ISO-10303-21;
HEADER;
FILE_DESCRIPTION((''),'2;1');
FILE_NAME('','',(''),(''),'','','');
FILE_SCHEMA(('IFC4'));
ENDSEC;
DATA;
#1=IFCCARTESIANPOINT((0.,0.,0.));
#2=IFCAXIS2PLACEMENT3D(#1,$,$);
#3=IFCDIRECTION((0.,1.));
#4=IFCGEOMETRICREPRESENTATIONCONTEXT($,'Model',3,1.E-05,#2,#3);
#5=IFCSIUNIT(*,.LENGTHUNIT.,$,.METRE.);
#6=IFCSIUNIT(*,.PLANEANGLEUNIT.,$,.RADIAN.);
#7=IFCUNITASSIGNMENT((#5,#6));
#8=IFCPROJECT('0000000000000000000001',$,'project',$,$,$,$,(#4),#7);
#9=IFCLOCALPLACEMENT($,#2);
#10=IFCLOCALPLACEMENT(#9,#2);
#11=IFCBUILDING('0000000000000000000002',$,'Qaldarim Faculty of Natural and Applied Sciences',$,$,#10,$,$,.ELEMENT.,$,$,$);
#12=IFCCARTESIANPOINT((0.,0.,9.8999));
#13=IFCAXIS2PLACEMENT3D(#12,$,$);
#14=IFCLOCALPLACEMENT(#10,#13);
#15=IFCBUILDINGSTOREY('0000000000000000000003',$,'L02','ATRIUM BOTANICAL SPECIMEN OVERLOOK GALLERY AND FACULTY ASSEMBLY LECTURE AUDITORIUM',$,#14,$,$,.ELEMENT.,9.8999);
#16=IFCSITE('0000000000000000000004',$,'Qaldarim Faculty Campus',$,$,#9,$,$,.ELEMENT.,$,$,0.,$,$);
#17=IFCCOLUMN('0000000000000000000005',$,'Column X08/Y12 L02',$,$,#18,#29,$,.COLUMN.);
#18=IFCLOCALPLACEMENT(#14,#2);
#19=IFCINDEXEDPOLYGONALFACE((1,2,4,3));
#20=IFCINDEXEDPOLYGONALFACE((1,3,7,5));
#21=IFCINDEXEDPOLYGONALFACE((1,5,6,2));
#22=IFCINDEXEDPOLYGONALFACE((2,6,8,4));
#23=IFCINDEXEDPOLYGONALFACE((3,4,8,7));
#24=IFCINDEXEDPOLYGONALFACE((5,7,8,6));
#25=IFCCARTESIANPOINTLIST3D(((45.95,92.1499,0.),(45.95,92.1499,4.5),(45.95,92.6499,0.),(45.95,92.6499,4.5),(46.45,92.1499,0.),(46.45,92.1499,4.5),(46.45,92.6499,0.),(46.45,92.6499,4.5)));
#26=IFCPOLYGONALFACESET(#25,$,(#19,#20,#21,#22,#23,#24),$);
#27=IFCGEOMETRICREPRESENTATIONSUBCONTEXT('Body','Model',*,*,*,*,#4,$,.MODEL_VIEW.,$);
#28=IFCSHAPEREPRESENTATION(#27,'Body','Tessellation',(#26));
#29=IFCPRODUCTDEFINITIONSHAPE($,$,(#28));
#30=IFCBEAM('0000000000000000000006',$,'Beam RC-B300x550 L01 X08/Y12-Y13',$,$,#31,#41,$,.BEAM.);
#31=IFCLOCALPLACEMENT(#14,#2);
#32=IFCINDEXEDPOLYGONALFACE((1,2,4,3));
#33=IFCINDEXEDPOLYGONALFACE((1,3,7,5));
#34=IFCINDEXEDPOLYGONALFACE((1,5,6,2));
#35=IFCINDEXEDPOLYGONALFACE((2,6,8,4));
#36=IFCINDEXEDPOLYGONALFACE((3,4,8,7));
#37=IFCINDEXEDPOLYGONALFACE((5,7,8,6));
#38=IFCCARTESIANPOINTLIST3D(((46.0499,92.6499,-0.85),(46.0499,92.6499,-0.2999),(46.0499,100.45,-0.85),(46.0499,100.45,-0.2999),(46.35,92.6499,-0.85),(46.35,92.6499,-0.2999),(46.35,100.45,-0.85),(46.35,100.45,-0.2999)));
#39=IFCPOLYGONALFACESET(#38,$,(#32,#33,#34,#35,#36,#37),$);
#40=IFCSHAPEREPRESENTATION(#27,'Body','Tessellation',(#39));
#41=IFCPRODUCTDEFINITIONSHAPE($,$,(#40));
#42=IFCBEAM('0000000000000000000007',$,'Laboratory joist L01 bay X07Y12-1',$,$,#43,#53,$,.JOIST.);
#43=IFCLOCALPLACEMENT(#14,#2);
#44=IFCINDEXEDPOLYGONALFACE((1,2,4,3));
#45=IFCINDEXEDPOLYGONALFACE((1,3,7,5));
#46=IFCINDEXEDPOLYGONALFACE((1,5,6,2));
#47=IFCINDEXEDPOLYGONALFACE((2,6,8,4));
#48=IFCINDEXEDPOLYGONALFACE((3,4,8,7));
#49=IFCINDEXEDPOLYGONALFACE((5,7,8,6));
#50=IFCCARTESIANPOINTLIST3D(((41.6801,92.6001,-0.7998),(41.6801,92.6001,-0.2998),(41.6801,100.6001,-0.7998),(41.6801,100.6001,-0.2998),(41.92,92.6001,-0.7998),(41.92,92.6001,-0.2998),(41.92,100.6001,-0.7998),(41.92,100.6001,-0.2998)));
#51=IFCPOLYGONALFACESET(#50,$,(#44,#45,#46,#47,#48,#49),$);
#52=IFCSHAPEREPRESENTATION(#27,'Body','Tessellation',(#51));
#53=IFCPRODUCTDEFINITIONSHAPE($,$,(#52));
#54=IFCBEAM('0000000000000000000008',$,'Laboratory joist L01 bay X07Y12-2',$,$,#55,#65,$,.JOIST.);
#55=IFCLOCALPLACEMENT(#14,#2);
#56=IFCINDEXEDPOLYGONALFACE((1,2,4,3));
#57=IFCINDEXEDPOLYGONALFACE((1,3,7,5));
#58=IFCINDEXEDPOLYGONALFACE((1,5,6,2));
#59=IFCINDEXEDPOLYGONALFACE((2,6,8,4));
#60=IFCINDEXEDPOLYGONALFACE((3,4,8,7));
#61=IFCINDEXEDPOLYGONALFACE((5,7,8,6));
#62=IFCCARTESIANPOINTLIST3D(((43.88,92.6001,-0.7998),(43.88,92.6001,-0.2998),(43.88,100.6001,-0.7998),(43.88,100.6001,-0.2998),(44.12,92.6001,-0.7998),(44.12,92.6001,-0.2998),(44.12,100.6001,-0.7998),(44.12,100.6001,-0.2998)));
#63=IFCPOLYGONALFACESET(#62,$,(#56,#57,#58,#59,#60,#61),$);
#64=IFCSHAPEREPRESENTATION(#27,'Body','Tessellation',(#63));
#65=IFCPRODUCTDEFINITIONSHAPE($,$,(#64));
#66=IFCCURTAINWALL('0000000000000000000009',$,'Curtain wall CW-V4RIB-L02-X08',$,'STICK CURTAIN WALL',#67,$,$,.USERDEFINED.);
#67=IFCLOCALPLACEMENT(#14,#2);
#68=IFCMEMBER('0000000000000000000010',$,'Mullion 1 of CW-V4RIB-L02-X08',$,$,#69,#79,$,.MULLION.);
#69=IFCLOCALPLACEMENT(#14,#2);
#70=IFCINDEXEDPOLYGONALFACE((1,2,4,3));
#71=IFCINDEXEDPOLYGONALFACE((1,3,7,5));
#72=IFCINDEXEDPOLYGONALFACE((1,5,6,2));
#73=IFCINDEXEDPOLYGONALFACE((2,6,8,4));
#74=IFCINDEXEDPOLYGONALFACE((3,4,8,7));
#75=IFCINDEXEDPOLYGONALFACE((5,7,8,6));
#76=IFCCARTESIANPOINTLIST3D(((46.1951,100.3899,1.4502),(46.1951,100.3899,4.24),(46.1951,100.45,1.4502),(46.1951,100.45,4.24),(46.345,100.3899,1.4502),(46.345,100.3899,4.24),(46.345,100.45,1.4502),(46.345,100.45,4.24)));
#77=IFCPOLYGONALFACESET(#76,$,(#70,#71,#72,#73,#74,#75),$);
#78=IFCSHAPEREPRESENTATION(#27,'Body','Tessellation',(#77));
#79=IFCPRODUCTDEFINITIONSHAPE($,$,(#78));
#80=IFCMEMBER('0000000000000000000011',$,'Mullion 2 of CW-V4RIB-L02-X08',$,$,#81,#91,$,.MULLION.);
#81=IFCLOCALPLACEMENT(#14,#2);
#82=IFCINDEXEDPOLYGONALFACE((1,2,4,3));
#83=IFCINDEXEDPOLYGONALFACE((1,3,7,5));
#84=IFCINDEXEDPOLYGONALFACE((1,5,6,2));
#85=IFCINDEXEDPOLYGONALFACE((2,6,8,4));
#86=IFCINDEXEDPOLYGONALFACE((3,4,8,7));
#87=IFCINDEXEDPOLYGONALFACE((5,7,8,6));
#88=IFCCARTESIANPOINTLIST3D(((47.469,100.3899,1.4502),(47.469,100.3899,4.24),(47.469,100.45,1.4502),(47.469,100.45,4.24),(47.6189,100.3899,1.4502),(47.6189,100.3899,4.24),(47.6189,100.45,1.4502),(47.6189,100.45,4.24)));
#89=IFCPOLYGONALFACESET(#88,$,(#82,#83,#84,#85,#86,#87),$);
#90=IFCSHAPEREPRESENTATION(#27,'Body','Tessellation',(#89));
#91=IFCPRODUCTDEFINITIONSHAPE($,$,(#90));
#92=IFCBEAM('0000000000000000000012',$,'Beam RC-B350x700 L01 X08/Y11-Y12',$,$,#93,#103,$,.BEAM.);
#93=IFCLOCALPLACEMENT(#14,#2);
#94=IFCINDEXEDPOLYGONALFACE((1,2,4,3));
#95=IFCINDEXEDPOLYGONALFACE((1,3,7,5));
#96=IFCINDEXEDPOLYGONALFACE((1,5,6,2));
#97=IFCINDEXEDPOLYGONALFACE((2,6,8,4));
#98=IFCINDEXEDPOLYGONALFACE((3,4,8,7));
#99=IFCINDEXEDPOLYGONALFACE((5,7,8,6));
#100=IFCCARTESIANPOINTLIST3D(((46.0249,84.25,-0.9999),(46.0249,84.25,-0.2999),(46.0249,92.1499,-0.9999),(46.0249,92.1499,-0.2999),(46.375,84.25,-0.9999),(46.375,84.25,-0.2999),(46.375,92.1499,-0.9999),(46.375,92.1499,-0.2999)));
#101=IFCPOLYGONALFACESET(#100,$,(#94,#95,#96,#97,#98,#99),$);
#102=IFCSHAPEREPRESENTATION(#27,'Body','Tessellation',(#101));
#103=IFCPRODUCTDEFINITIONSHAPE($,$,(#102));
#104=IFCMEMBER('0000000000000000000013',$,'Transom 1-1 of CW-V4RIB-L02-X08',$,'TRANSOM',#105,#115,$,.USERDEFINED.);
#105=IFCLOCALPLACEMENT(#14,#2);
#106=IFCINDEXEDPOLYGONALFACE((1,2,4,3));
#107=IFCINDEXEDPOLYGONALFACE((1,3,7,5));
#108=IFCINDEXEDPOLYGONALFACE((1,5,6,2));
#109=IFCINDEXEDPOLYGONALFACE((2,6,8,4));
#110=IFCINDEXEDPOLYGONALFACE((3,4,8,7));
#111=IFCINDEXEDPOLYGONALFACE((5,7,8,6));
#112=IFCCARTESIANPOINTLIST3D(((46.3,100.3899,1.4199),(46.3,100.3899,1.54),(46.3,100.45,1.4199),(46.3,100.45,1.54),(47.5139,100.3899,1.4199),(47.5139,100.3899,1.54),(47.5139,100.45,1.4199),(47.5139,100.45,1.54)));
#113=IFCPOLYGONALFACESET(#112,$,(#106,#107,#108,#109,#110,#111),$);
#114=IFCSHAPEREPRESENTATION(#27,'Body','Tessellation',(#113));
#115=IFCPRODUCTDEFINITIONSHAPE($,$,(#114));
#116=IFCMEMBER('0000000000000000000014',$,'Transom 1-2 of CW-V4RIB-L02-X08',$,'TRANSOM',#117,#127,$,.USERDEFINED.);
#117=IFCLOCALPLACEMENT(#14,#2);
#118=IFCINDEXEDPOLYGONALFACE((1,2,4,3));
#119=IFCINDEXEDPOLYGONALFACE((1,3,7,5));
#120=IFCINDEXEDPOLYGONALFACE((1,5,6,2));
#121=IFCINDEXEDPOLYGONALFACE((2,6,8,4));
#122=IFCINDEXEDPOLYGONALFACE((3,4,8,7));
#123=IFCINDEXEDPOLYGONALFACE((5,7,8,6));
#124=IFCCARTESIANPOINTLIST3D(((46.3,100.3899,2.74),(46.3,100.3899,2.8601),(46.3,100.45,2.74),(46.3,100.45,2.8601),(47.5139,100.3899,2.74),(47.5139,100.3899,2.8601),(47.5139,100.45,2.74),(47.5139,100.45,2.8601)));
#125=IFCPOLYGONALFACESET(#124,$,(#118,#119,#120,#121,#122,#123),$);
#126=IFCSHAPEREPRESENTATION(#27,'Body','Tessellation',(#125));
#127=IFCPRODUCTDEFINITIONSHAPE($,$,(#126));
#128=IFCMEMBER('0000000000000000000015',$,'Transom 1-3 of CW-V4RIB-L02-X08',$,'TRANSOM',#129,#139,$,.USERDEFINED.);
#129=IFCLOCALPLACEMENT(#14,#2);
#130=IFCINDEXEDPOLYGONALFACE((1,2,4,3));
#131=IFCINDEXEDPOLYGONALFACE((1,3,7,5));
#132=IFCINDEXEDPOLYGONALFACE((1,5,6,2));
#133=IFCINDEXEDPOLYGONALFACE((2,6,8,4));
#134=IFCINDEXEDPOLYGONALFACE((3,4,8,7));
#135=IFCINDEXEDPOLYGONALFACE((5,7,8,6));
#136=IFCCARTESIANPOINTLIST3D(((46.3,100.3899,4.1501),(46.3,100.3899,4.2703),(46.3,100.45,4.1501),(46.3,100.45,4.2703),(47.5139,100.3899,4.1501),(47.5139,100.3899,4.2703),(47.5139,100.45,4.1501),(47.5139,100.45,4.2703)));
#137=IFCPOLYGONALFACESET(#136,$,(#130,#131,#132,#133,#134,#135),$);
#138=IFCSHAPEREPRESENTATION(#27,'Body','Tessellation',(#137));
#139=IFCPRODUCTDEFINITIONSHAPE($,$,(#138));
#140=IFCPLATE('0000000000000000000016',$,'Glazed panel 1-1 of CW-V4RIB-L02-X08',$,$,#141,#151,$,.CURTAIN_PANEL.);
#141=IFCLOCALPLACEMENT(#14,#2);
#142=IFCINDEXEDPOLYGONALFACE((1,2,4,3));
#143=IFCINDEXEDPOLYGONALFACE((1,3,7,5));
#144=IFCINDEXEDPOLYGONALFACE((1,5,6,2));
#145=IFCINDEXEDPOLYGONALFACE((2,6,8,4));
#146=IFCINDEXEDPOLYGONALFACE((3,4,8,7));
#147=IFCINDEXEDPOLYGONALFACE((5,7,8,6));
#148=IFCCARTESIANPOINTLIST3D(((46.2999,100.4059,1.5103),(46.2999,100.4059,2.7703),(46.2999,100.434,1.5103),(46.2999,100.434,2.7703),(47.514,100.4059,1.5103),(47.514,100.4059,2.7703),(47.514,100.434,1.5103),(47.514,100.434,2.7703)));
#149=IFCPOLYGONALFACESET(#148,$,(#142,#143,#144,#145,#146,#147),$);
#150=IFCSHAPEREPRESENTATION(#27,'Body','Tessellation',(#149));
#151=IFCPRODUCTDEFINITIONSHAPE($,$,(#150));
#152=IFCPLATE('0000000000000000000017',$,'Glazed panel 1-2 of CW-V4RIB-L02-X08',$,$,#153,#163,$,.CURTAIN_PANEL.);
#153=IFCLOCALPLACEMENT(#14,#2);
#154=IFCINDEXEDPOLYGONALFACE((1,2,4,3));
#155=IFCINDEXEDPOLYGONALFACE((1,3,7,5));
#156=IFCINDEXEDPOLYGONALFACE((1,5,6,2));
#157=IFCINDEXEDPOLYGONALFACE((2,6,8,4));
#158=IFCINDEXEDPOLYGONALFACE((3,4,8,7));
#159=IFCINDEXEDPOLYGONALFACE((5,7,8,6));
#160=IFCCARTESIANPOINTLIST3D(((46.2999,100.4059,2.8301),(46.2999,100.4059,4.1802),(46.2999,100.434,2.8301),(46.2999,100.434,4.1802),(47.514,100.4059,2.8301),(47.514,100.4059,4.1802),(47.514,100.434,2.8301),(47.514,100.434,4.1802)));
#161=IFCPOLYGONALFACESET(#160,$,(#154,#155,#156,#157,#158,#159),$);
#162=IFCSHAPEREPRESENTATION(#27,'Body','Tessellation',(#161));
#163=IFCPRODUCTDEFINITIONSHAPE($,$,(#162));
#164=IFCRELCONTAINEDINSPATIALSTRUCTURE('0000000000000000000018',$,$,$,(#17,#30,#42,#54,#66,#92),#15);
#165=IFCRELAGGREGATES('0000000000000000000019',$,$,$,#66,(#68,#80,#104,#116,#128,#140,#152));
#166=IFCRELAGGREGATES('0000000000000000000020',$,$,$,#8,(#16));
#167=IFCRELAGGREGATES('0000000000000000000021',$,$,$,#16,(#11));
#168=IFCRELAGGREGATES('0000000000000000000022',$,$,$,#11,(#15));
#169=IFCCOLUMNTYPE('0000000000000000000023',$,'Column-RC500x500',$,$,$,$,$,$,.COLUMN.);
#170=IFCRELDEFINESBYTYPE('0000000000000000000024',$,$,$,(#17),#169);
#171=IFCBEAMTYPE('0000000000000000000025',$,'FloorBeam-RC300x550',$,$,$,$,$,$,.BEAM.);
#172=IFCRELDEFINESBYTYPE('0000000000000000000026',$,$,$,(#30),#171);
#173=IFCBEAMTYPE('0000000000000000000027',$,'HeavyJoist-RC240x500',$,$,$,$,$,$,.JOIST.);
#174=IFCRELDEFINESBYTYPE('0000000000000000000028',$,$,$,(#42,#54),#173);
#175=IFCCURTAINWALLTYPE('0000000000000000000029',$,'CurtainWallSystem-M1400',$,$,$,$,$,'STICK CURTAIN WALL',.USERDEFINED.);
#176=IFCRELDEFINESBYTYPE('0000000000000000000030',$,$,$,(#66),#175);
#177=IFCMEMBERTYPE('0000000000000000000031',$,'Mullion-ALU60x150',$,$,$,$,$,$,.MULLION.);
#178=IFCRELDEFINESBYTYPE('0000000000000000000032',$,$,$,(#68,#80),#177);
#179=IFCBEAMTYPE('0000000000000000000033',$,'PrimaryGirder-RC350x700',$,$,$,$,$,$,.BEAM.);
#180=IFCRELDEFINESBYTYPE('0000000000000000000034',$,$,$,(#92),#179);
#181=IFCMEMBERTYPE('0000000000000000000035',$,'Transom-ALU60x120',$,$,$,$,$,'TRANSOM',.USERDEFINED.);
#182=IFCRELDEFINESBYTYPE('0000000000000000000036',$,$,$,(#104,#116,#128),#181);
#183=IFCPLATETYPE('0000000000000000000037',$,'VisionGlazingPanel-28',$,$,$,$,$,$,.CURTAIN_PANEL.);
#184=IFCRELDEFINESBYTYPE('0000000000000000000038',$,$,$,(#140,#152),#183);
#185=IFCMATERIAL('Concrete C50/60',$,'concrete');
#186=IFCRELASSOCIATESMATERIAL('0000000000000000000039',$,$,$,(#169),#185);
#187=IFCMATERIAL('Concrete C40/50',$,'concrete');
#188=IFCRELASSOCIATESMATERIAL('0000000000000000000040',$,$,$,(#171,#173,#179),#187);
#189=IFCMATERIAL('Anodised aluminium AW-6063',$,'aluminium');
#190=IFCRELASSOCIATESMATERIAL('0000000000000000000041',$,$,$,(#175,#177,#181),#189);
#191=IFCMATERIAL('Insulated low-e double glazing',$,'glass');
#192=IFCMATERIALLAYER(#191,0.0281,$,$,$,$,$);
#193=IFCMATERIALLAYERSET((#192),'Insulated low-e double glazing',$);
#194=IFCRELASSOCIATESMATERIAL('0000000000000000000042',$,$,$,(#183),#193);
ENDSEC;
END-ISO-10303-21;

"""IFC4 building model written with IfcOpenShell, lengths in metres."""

from ifc_helpers import new_model, si_unit, direction, frame, origin, origin_2d, place, context, subcontext, project, spatial, rectangle, extrude, material, layer, layer_set, material_profile, profile_set, type_object, element, aggregate, save


model = new_model("IFC4")

# Units and contexts
model_context = context("Model", 3, precision=1e-05, world=origin(), true_north=direction((0.0, 1.0)))
body_context = subcontext(model_context, "Body", "Model", "MODEL_VIEW")
ifc_project = project(units=[si_unit("LENGTHUNIT", "METRE"), si_unit("PLANEANGLEUNIT", "RADIAN")], contexts=[model_context])

# Site, building, storey
site_placement = place(None, origin())
site = spatial("IfcSite", under=ifc_project, at=site_placement, Name="Qaldarim Faculty Campus", CompositionType="ELEMENT", RefElevation=0.0)
building_placement = place(site_placement, origin())
building = spatial("IfcBuilding", under=site, at=building_placement, Name="Qaldarim Faculty of Natural and Applied Sciences", CompositionType="ELEMENT")
storey_placement = place(building_placement, frame((0.0, 0.0, 9.8999)))
storey = spatial("IfcBuildingStorey", under=building, at=storey_placement, Name="L02", Description="ATRIUM BOTANICAL SPECIMEN OVERLOOK GALLERY AND FACULTY ASSEMBLY LECTURE AUDITORIUM", CompositionType="ELEMENT", Elevation=9.8999)

# Column
ifc_material_1 = material(Name="Concrete C50/60", Category="concrete")
ifc_material_profile_1 = material_profile(ifc_material_1, rectangle(XDim=0.5, YDim=0.5, at=origin_2d()), Name="RC-C500x500")
ifc_profile_set_1 = profile_set([ifc_material_profile_1], Name="Concrete C50/60")
column_type = type_object("IfcColumnType", Name="Column-RC500x500", PredefinedType="COLUMN", material=ifc_profile_set_1)
column_placement = place(storey_placement, frame((46.2, 92.3999, 0.0), z_axis=(0.0, 0.0, 1.0), x_axis=(1.0, 0.0, 0.0)))
element("IfcColumn", 1, at=column_placement, inside=storey, type_object=column_type, Name="Column X08/Y12 L02", PredefinedType="COLUMN", context=body_context, shape_type="SweptSolid", body=[
    extrude(rectangle(XDim=0.5, YDim=0.5, at=origin_2d()), origin(), (0.0, 0.0, 1.0), 4.5),
])

# Beams
ifc_material_2 = material(Name="Concrete C40/50", Category="concrete")
ifc_material_profile_2 = material_profile(ifc_material_2, rectangle(XDim=0.3, YDim=0.55, at=origin_2d()), Name="RC-B300x550")
ifc_profile_set_2 = profile_set([ifc_material_profile_2], Name="Concrete C40/50")
beam_type_1 = type_object("IfcBeamType", Name="FloorBeam-RC300x550", PredefinedType="BEAM", material=ifc_profile_set_2)
beam_1_placement = place(storey_placement, frame((46.2, 92.6499, -0.575), z_axis=(0.0, 1.0, 0.0), x_axis=(-1.0, 0.0, 0.0)))
element("IfcBeam", 2, at=beam_1_placement, inside=storey, type_object=beam_type_1, Name="Beam RC-B300x550 L01 X08/Y12-Y13", PredefinedType="BEAM", context=body_context, shape_type="SweptSolid", body=[
    extrude(rectangle(XDim=0.3, YDim=0.55, at=origin_2d()), origin(), (0.0, 0.0, 1.0), 7.8),
])
ifc_material_profile_3 = material_profile(ifc_material_2, rectangle(XDim=0.24, YDim=0.5, at=origin_2d()), Name="RC-J240x500")
ifc_profile_set_3 = profile_set([ifc_material_profile_3], Name="Concrete C40/50")
beam_type_2 = type_object("IfcBeamType", Name="HeavyJoist-RC240x500", PredefinedType="JOIST", material=ifc_profile_set_3)
for number, where, z_axis, x_axis, name in (
    (3, (41.8, 92.6001, -0.5498), (0.0, 1.0, 0.0), (-1.0, 0.0, 0.0), "Laboratory joist L01 bay X07Y12-1"),
    (4, (44.0, 92.6001, -0.5498), (0.0, 1.0, 0.0), (-1.0, 0.0, 0.0), "Laboratory joist L01 bay X07Y12-2"),
):
    element("IfcBeam", number, at=place(storey_placement, frame(where, z_axis=z_axis, x_axis=x_axis)), inside=storey, type_object=beam_type_2, Name=name, PredefinedType="JOIST", context=body_context, shape_type="SweptSolid", body=[
        extrude(rectangle(XDim=0.24, YDim=0.5, at=origin_2d()), origin(), (0.0, 0.0, 1.0), 8.0),
    ])

# Curtain wall, members
ifc_material_3 = material(Name="Anodised aluminium AW-6063", Category="aluminium")
curtain_wall_type = type_object("IfcCurtainWallType", Name="CurtainWallSystem-M1400", ElementType="STICK CURTAIN WALL", PredefinedType="USERDEFINED", material=ifc_material_3)
curtain_wall_placement = place(storey_placement, origin())
curtain_wall = element("IfcCurtainWall", 5, at=curtain_wall_placement, inside=storey, type_object=curtain_wall_type, Name="Curtain wall CW-V4RIB-L02-X08", ObjectType="STICK CURTAIN WALL", PredefinedType="USERDEFINED")
ifc_material_profile_4 = material_profile(ifc_material_3, rectangle(XDim=0.0601, YDim=0.1499, at=origin_2d()), Name="ALU-M60x150")
ifc_profile_set_4 = profile_set([ifc_material_profile_4], Name="Anodised aluminium AW-6063")
member_type_1 = type_object("IfcMemberType", Name="Mullion-ALU60x150", PredefinedType="MULLION", material=ifc_profile_set_4)
member_1_placement = place(storey_placement, frame((46.27, 100.4199, 1.4502), z_axis=(0.0, 0.0, 1.0), x_axis=(0.0, 1.0, 0.0)))
member_1 = element("IfcMember", 6, at=member_1_placement, type_object=member_type_1, Name="Mullion 1 of CW-V4RIB-L02-X08", PredefinedType="MULLION", context=body_context, shape_type="SweptSolid", body=[
    extrude(rectangle(XDim=0.0601, YDim=0.1499, at=origin_2d()), origin(), (0.0, 0.0, 1.0), 2.7898),
])
member_2_placement = place(storey_placement, frame((47.5439, 100.4199, 1.4502), z_axis=(0.0, 0.0, 1.0), x_axis=(0.0, 1.0, 0.0)))
member_2 = element("IfcMember", 7, at=member_2_placement, type_object=member_type_1, Name="Mullion 2 of CW-V4RIB-L02-X08", PredefinedType="MULLION", context=body_context, shape_type="SweptSolid", body=[
    extrude(rectangle(XDim=0.0601, YDim=0.1499, at=origin_2d()), origin(), (0.0, 0.0, 1.0), 2.7898),
])

# Beam
ifc_material_profile_5 = material_profile(ifc_material_2, rectangle(XDim=0.3501, YDim=0.7, at=origin_2d()), Name="RC-B350x700")
ifc_profile_set_5 = profile_set([ifc_material_profile_5], Name="Concrete C40/50")
beam_type_3 = type_object("IfcBeamType", Name="PrimaryGirder-RC350x700", PredefinedType="BEAM", material=ifc_profile_set_5)
beam_2_placement = place(storey_placement, frame((46.2, 84.25, -0.6499), z_axis=(0.0, 1.0, 0.0), x_axis=(-1.0, 0.0, 0.0)))
element("IfcBeam", 8, at=beam_2_placement, inside=storey, type_object=beam_type_3, Name="Beam RC-B350x700 L01 X08/Y11-Y12", PredefinedType="BEAM", context=body_context, shape_type="SweptSolid", body=[
    extrude(rectangle(XDim=0.3501, YDim=0.7, at=origin_2d()), origin(), (0.0, 0.0, 1.0), 7.8999),
])

# Members
ifc_material_profile_6 = material_profile(ifc_material_3, rectangle(XDim=0.0601, YDim=0.1201, at=origin_2d()), Name="ALU-T60x120")
ifc_profile_set_6 = profile_set([ifc_material_profile_6], Name="Anodised aluminium AW-6063")
member_type_2 = type_object("IfcMemberType", Name="Transom-ALU60x120", ElementType="TRANSOM", PredefinedType="USERDEFINED", material=ifc_profile_set_6)
member_3_placement = place(storey_placement, frame((46.3, 100.4199, 1.48), z_axis=(1.0, 0.0, 0.0), x_axis=(0.0, 1.0, 0.0)))
member_3 = element("IfcMember", 9, at=member_3_placement, type_object=member_type_2, Name="Transom 1-1 of CW-V4RIB-L02-X08", ObjectType="TRANSOM", PredefinedType="USERDEFINED", context=body_context, shape_type="SweptSolid", body=[
    extrude(rectangle(XDim=0.0601, YDim=0.1201, at=origin_2d()), origin(), (0.0, 0.0, 1.0), 1.2139),
])
member_4_placement = place(storey_placement, frame((46.3, 100.4199, 2.8), z_axis=(1.0, 0.0, 0.0), x_axis=(0.0, 1.0, 0.0)))
member_4 = element("IfcMember", 10, at=member_4_placement, type_object=member_type_2, Name="Transom 1-2 of CW-V4RIB-L02-X08", ObjectType="TRANSOM", PredefinedType="USERDEFINED", context=body_context, shape_type="SweptSolid", body=[
    extrude(rectangle(XDim=0.0601, YDim=0.1201, at=origin_2d()), origin(), (0.0, 0.0, 1.0), 1.2139),
])
member_5_placement = place(storey_placement, frame((46.3, 100.4199, 4.2102), z_axis=(1.0, 0.0, 0.0), x_axis=(0.0, 1.0, 0.0)))
member_5 = element("IfcMember", 11, at=member_5_placement, type_object=member_type_2, Name="Transom 1-3 of CW-V4RIB-L02-X08", ObjectType="TRANSOM", PredefinedType="USERDEFINED", context=body_context, shape_type="SweptSolid", body=[
    extrude(rectangle(XDim=0.0601, YDim=0.1201, at=origin_2d()), origin(), (0.0, 0.0, 1.0), 1.2139),
])

# Plates
ifc_material_4 = material(Name="Insulated low-e double glazing", Category="glass")
ifc_layer_1 = layer(ifc_material_4, 0.0281)
ifc_layer_set_1 = layer_set([ifc_layer_1], Name="Insulated low-e double glazing")
plate_type = type_object("IfcPlateType", Name="VisionGlazingPanel-28", PredefinedType="CURTAIN_PANEL", material=ifc_layer_set_1)
plate_1_placement = place(storey_placement, frame((46.907, 100.4199, 1.5103), z_axis=(0.0, 0.0, 1.0), x_axis=(1.0, 0.0, 0.0)))
plate_1 = element("IfcPlate", 12, at=plate_1_placement, type_object=plate_type, Name="Glazed panel 1-1 of CW-V4RIB-L02-X08", PredefinedType="CURTAIN_PANEL", context=body_context, shape_type="SweptSolid", body=[
    extrude(rectangle(XDim=1.2141, YDim=0.0281, at=origin_2d()), origin(), (0.0, 0.0, 1.0), 1.26),
])
plate_2_placement = place(storey_placement, frame((46.907, 100.4199, 2.8301), z_axis=(0.0, 0.0, 1.0), x_axis=(1.0, 0.0, 0.0)))
plate_2 = element("IfcPlate", 13, at=plate_2_placement, type_object=plate_type, Name="Glazed panel 1-2 of CW-V4RIB-L02-X08", PredefinedType="CURTAIN_PANEL", context=body_context, shape_type="SweptSolid", body=[
    extrude(rectangle(XDim=1.2141, YDim=0.0281, at=origin_2d()), origin(), (0.0, 0.0, 1.0), 1.3501),
])
aggregate(curtain_wall, [member_1, member_2, member_3, member_4, member_5, plate_1, plate_2])

save(model, "model.ifc")
